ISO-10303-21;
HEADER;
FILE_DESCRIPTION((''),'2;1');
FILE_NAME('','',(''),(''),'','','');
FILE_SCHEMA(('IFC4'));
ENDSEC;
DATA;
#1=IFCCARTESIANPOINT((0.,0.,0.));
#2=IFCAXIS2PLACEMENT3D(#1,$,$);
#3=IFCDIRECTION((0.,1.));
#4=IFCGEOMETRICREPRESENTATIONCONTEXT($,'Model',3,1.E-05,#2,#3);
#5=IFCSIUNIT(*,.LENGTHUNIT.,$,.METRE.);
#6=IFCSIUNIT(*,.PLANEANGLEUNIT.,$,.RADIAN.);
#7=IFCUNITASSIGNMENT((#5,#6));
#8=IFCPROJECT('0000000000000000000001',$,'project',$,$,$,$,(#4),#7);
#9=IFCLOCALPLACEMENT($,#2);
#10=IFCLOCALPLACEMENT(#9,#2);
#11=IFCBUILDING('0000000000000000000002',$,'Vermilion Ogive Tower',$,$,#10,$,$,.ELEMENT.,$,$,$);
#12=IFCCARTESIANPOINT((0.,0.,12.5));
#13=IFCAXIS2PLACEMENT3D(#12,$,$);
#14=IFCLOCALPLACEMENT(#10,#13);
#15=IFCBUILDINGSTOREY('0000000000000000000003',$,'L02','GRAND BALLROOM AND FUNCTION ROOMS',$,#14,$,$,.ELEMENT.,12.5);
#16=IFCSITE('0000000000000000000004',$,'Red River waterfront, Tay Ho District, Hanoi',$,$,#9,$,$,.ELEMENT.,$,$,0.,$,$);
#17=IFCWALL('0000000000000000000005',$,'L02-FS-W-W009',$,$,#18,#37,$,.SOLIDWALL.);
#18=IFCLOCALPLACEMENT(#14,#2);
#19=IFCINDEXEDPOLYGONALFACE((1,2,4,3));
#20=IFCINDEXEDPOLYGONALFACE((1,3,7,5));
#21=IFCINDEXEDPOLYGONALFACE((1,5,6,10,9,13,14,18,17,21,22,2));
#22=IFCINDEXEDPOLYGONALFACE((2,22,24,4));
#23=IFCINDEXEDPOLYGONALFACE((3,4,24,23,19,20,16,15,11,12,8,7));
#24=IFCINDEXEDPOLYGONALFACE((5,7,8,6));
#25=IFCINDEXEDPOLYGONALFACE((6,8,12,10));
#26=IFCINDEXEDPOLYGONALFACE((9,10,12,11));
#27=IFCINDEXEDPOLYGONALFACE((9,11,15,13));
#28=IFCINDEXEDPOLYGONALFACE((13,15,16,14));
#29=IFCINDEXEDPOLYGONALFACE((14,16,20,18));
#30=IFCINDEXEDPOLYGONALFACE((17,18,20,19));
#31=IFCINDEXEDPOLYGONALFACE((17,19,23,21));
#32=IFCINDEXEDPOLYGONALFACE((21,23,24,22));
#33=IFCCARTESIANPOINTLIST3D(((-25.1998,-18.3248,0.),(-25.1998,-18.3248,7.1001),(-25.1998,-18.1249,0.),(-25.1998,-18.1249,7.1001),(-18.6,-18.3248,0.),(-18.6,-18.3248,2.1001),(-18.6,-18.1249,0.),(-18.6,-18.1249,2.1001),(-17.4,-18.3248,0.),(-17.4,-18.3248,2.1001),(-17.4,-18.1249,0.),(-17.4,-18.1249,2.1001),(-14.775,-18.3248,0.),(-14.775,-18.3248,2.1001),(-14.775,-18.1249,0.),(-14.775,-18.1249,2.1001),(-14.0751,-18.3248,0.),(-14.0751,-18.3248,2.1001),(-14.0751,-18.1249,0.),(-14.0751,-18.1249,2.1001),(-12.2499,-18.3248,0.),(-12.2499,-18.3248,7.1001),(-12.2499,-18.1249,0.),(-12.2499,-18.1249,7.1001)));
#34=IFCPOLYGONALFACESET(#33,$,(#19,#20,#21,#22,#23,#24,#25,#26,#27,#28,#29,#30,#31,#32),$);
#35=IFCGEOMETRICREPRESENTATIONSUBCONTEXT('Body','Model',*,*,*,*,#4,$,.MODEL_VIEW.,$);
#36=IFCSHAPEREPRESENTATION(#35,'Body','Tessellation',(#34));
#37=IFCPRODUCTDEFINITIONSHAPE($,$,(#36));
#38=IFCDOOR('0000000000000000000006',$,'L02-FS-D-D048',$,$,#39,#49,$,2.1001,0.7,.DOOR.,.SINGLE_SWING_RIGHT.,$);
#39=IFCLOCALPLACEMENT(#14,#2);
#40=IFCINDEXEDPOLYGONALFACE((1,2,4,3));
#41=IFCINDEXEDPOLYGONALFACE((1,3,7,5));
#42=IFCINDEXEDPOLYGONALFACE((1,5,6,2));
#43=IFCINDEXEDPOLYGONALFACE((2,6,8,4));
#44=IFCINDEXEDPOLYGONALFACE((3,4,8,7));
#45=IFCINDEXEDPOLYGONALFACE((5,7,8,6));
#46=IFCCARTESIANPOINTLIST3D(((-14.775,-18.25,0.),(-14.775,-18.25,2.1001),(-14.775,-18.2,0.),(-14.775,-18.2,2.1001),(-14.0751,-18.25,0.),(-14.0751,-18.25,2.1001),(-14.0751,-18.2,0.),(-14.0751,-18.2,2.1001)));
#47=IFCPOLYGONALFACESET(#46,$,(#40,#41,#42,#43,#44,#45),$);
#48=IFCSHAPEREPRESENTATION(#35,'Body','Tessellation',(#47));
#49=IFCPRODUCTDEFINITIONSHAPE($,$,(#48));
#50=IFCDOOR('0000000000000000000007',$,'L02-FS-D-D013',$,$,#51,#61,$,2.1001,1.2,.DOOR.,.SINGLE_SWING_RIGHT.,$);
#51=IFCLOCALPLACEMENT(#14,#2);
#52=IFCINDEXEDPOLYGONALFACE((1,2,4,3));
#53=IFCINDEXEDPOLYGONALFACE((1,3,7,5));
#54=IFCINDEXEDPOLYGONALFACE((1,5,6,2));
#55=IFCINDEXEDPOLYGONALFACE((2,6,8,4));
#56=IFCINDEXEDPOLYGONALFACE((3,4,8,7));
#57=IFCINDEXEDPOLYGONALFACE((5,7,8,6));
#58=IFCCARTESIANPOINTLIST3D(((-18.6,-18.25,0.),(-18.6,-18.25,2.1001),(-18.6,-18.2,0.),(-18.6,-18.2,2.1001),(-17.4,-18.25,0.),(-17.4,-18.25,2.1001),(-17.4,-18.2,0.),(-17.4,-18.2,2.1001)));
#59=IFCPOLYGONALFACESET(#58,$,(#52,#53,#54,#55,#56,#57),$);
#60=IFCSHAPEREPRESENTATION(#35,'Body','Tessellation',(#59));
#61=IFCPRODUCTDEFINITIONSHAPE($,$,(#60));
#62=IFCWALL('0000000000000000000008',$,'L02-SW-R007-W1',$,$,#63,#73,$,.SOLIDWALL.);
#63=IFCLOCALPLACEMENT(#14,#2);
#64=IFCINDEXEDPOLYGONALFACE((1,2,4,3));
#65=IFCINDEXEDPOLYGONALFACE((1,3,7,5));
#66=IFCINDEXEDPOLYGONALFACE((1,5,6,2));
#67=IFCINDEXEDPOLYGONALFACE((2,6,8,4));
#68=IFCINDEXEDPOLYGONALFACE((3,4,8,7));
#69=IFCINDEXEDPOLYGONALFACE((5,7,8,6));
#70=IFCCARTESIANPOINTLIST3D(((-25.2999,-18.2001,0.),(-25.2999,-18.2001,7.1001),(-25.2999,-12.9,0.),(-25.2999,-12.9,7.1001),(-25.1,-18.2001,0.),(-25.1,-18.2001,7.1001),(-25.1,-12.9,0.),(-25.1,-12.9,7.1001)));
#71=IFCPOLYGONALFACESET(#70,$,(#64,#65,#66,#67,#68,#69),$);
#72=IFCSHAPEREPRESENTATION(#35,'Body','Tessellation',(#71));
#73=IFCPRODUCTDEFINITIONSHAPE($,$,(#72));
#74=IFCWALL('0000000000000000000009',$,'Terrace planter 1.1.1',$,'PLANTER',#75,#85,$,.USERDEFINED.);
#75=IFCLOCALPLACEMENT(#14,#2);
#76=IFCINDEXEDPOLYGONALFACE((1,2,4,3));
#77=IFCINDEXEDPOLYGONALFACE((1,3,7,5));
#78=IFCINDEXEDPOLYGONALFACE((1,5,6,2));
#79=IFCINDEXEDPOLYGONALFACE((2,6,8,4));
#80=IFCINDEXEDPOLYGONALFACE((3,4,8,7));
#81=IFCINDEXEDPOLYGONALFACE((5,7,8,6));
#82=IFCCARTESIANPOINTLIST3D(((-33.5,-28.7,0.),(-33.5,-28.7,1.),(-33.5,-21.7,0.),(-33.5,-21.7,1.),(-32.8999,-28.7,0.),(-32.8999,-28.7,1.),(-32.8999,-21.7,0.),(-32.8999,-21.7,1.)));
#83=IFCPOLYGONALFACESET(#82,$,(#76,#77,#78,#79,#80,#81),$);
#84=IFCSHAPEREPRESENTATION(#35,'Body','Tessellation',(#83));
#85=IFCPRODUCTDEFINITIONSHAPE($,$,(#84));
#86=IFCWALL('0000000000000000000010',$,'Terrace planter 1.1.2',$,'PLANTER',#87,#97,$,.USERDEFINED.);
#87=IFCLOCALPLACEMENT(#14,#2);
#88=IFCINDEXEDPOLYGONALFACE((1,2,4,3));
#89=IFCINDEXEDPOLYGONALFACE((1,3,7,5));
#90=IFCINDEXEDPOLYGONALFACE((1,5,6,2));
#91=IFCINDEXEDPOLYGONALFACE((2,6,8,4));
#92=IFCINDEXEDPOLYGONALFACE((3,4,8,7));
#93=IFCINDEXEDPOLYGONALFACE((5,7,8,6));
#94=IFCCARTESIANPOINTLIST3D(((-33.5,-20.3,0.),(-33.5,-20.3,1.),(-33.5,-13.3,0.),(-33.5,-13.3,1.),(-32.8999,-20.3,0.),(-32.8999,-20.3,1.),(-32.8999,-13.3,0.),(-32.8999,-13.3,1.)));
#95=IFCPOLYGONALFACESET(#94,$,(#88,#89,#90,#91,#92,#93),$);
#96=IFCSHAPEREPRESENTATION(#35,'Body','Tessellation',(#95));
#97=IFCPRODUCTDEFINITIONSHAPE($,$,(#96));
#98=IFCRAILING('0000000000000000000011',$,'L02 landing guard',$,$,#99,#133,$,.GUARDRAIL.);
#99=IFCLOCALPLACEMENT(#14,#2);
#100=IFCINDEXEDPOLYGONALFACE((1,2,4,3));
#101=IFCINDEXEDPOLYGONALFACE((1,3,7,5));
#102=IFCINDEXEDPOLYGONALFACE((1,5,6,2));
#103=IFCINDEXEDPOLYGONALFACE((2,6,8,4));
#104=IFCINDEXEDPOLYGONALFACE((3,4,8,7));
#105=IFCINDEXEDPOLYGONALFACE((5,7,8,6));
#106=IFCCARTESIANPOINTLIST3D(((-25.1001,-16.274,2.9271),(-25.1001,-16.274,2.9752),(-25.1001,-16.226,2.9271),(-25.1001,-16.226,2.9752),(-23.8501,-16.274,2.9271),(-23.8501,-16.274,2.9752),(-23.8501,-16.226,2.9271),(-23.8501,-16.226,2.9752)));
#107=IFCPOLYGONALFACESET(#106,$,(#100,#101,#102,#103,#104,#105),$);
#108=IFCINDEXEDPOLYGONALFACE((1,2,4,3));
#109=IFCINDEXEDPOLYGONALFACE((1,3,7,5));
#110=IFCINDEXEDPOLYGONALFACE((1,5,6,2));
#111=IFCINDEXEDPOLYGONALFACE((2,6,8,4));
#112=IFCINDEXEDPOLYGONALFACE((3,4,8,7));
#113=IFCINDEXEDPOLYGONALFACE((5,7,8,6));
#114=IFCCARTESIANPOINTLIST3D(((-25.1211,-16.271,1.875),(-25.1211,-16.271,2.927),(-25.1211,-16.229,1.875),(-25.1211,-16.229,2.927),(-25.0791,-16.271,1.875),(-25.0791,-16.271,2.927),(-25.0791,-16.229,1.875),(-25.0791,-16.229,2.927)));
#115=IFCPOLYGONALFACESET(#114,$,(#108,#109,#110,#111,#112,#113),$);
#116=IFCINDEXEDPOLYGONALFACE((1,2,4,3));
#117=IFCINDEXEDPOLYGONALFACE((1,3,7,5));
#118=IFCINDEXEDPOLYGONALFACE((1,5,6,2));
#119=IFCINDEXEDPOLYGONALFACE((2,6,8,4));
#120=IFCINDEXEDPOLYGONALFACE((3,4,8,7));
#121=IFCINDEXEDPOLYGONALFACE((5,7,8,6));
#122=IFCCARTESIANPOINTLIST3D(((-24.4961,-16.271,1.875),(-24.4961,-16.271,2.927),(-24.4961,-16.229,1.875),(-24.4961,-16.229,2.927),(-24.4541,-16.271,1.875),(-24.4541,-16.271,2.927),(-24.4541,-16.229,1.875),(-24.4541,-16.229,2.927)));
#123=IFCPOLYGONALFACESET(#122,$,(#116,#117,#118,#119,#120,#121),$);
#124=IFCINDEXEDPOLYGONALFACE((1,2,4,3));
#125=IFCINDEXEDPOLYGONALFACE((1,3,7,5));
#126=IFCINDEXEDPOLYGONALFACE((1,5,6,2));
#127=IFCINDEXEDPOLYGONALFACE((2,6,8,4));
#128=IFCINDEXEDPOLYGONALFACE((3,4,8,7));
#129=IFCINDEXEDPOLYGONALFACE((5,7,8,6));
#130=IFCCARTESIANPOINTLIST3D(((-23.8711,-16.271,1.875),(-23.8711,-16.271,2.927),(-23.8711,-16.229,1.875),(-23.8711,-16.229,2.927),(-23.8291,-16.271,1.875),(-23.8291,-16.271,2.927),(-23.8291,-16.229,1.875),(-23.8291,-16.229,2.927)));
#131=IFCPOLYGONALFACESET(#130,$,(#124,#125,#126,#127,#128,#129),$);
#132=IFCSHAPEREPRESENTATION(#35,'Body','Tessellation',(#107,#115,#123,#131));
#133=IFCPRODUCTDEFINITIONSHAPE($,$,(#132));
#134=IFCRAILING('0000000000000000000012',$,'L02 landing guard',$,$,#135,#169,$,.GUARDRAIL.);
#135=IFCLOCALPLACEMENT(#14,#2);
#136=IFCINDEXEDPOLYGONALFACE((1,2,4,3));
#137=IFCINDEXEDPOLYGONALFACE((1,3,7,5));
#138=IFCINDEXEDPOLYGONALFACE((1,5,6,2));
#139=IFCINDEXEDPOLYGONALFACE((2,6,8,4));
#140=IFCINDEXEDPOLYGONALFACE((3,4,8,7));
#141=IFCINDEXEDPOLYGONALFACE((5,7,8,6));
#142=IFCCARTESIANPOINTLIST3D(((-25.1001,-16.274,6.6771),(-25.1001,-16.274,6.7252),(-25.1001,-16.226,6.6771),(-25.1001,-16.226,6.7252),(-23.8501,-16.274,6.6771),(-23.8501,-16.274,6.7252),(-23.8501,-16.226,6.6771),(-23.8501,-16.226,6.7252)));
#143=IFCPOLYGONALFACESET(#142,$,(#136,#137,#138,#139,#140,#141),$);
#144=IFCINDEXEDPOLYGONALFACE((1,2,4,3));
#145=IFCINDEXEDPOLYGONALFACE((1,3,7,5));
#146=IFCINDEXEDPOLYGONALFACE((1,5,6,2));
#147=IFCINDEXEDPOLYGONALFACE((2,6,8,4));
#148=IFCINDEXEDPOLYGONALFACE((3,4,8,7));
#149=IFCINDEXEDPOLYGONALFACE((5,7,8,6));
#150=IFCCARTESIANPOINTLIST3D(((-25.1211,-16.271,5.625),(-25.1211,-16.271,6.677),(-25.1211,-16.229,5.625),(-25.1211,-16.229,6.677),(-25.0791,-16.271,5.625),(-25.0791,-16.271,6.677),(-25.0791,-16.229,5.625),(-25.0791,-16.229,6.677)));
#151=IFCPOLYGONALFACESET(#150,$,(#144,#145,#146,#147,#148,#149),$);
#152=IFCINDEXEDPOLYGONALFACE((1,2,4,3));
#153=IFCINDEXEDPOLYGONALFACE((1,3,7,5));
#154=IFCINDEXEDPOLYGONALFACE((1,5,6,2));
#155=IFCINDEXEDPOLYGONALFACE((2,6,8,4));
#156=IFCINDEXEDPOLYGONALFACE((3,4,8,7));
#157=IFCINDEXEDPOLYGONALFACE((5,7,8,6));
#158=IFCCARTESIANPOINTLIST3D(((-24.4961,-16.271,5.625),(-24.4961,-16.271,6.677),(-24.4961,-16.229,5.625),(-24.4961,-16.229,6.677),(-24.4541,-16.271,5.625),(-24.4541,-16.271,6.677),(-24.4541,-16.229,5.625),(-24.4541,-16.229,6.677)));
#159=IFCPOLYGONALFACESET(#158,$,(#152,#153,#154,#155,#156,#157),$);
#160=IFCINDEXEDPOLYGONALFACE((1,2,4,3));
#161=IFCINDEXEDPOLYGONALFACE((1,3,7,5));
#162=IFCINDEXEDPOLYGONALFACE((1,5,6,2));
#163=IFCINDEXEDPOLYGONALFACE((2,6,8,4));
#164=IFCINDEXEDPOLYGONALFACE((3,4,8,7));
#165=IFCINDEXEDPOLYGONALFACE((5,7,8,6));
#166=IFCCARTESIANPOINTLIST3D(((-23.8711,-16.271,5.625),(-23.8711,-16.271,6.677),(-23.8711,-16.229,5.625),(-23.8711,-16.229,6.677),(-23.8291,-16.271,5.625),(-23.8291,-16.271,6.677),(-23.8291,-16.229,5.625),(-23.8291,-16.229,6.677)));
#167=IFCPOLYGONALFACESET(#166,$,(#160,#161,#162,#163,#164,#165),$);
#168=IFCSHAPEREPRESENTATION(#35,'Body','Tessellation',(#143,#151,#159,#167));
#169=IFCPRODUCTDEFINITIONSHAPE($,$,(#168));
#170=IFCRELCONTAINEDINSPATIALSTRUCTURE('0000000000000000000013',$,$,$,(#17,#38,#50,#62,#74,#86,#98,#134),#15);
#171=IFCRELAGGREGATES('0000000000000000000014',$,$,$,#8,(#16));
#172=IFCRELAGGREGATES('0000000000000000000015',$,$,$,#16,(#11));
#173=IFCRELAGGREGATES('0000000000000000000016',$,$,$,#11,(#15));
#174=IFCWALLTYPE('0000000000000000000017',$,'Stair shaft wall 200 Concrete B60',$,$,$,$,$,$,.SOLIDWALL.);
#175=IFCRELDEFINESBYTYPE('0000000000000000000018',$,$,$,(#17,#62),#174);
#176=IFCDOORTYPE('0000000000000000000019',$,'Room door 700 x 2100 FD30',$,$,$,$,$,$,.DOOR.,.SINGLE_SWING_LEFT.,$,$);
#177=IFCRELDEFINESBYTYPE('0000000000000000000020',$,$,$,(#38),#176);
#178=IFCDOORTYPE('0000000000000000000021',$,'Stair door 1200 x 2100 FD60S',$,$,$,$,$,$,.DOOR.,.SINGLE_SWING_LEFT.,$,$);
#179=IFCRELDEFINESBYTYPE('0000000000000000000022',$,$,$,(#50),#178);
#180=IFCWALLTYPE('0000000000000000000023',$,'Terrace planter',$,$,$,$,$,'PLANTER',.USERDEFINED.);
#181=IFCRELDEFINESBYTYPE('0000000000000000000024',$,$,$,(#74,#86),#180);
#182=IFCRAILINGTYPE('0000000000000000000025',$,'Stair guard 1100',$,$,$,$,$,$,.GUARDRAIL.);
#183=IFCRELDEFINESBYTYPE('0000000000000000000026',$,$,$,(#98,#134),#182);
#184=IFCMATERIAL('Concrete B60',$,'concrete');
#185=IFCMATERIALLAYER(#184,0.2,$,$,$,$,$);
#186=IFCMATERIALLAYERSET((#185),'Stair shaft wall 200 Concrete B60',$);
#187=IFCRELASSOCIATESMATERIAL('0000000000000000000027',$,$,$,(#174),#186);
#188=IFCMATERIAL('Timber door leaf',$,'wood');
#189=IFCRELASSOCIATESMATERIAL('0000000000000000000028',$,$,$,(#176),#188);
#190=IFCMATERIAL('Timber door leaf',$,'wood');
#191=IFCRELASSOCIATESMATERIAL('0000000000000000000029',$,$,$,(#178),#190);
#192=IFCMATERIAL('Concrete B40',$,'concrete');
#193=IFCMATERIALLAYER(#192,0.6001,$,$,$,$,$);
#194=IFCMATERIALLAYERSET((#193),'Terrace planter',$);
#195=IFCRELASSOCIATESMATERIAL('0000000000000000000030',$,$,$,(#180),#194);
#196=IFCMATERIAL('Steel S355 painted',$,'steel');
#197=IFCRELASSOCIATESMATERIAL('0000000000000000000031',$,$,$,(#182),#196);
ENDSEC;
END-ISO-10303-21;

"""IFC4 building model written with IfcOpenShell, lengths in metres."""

from ifc_helpers import new_model, si_unit, direction, frame, frame_2d, origin, origin_2d, place, context, subcontext, project, spatial, rectangle, extrude, material, layer, layer_set, type_object, element, fill, save


model = new_model("IFC4")

# Units and contexts
model_context = context("Model", 3, precision=1e-05, world=origin(), true_north=direction((0.0, 1.0)))
body_context = subcontext(model_context, "Body", "Model", "MODEL_VIEW")
ifc_project = project(units=[si_unit("LENGTHUNIT", "METRE"), si_unit("PLANEANGLEUNIT", "RADIAN")], contexts=[model_context])

# Site, building, storey
site_placement = place(None, origin())
site = spatial("IfcSite", under=ifc_project, at=site_placement, Name="Red River waterfront, Tay Ho District, Hanoi", CompositionType="ELEMENT", RefElevation=0.0)
building_placement = place(site_placement, origin())
building = spatial("IfcBuilding", under=site, at=building_placement, Name="Vermilion Ogive Tower", CompositionType="ELEMENT")
storey_placement = place(building_placement, frame((0.0, 0.0, 12.5)))
storey = spatial("IfcBuildingStorey", under=building, at=storey_placement, Name="L02", Description="GRAND BALLROOM AND FUNCTION ROOMS", CompositionType="ELEMENT", Elevation=12.5)

# Wall, openings, doors
ifc_material_1 = material(Name="Concrete B60", Category="concrete")
ifc_layer_1 = layer(ifc_material_1, 0.2)
ifc_layer_set_1 = layer_set([ifc_layer_1], Name="Stair shaft wall 200 Concrete B60")
wall_type_1 = type_object("IfcWallType", Name="Stair shaft wall 200 Concrete B60", PredefinedType="SOLIDWALL", material=ifc_layer_set_1)
wall_1_placement = place(storey_placement, frame((-25.2, -18.2249, 0.0), z_axis=(0.0, 0.0, 1.0), x_axis=(1.0, 0.0, 0.0)))
wall_1 = element("IfcWall", 1, at=wall_1_placement, inside=storey, type_object=wall_type_1, Name="L02-FS-W-W009", PredefinedType="SOLIDWALL", context=body_context, shape_type="SweptSolid", body=[
    extrude(rectangle(XDim=12.95, YDim=0.2, at=frame_2d((6.4751, 0.0))), origin(), (0.0, 0.0, 1.0), 7.1001),
])
opening_1_placement = place(wall_1_placement, frame((6.5999, 0.0, 0.0)))
opening_1 = element("IfcOpeningElement", 2, at=opening_1_placement, cuts=wall_1, PredefinedType="OPENING", context=body_context, shape_type="SweptSolid", body=[
    extrude(rectangle(XDim=1.2, YDim=2.1001, at=frame_2d((0.6001, 1.05))), frame((0.0, 0.1099, 0.0), z_axis=(0.0, -1.0, 0.0), x_axis=(1.0, 0.0, 0.0)), (0.0, 0.0, 1.0), 0.22),
])
opening_2_placement = place(wall_1_placement, frame((10.4248, 0.0, 0.0)))
opening_2 = element("IfcOpeningElement", 3, at=opening_2_placement, cuts=wall_1, PredefinedType="OPENING", context=body_context, shape_type="SweptSolid", body=[
    extrude(rectangle(XDim=0.7, YDim=2.1001, at=frame_2d((0.3501, 1.05))), frame((0.0, 0.1099, 0.0), z_axis=(0.0, -1.0, 0.0), x_axis=(1.0, 0.0, 0.0)), (0.0, 0.0, 1.0), 0.22),
])
ifc_material_2 = material(Name="Timber door leaf", Category="wood")
door_type_1 = type_object("IfcDoorType", Name="Room door 700 x 2100 FD30", OperationType="SINGLE_SWING_LEFT", PredefinedType="DOOR", material=ifc_material_2)
door_1_placement = place(opening_2_placement, origin())
door_1 = element("IfcDoor", 4, at=door_1_placement, inside=storey, type_object=door_type_1, Name="L02-FS-D-D048", OperationType="SINGLE_SWING_RIGHT", OverallHeight=2.1001, OverallWidth=0.7, PredefinedType="DOOR", context=body_context, shape_type="SweptSolid", body=[
    extrude(rectangle(XDim=0.7, YDim=2.1001, at=frame_2d((0.3501, 1.05))), frame((0.0, 0.0249, 0.0), z_axis=(0.0, -1.0, 0.0), x_axis=(1.0, 0.0, 0.0)), (0.0, 0.0, 1.0), 0.05),
])
fill(opening_2, door_1)
ifc_material_3 = material(Name="Timber door leaf", Category="wood")
door_type_2 = type_object("IfcDoorType", Name="Stair door 1200 x 2100 FD60S", OperationType="SINGLE_SWING_LEFT", PredefinedType="DOOR", material=ifc_material_3)
door_2_placement = place(opening_1_placement, origin())
door_2 = element("IfcDoor", 5, at=door_2_placement, inside=storey, type_object=door_type_2, Name="L02-FS-D-D013", OperationType="SINGLE_SWING_RIGHT", OverallHeight=2.1001, OverallWidth=1.2, PredefinedType="DOOR", context=body_context, shape_type="SweptSolid", body=[
    extrude(rectangle(XDim=1.2, YDim=2.1001, at=frame_2d((0.6001, 1.05))), frame((0.0, 0.0249, 0.0), z_axis=(0.0, -1.0, 0.0), x_axis=(1.0, 0.0, 0.0)), (0.0, 0.0, 1.0), 0.05),
])
fill(opening_1, door_2)

# Walls
wall_2_placement = place(storey_placement, frame((-25.2, -18.2, 0.0), z_axis=(0.0, 0.0, 1.0), x_axis=(0.0, 1.0, 0.0)))
element("IfcWall", 6, at=wall_2_placement, inside=storey, type_object=wall_type_1, Name="L02-SW-R007-W1", PredefinedType="SOLIDWALL", context=body_context, shape_type="SweptSolid", body=[
    extrude(rectangle(XDim=5.3, YDim=0.2, at=frame_2d((2.6499, 0.0))), origin(), (0.0, 0.0, 1.0), 7.1001),
])
ifc_material_4 = material(Name="Concrete B40", Category="concrete")
ifc_layer_2 = layer(ifc_material_4, 0.6001)
ifc_layer_set_2 = layer_set([ifc_layer_2], Name="Terrace planter")
wall_type_2 = type_object("IfcWallType", Name="Terrace planter", ElementType="PLANTER", PredefinedType="USERDEFINED", material=ifc_layer_set_2)
for number, where, z_axis, x_axis, name in (
    (7, (-33.2, -28.7, 0.0), (0.0, 0.0, 1.0), (0.0, 1.0, 0.0), "Terrace planter 1.1.1"),
    (8, (-33.2, -20.3, 0.0), (0.0, 0.0, 1.0), (0.0, 1.0, 0.0), "Terrace planter 1.1.2"),
):
    element("IfcWall", number, at=place(storey_placement, frame(where, z_axis=z_axis, x_axis=x_axis)), inside=storey, type_object=wall_type_2, Name=name, ObjectType="PLANTER", PredefinedType="USERDEFINED", context=body_context, shape_type="SweptSolid", body=[
        extrude(rectangle(XDim=7.0, YDim=0.6001, at=frame_2d((3.5, 0.0))), origin(), (0.0, 0.0, 1.0), 1.0),
    ])

# Railings
ifc_material_5 = material(Name="Steel S355 painted", Category="steel")
railing_type = type_object("IfcRailingType", Name="Stair guard 1100", PredefinedType="GUARDRAIL", material=ifc_material_5)
for number, where, name in (
    (9, (-25.1001, -16.25, 1.875), "L02 landing guard"),
    (10, (-25.1001, -16.25, 5.625), "L02 landing guard"),
):
    element("IfcRailing", number, at=place(storey_placement, frame(where)), inside=storey, type_object=railing_type, Name=name, PredefinedType="GUARDRAIL", context=body_context, shape_type="SweptSolid", body=[
        extrude(rectangle(XDim=0.0481, YDim=0.0481, at=origin_2d()), frame((0.0, 0.0, 1.0762), z_axis=(1.0, 0.0, 0.0), x_axis=(0.0, 1.0, 0.0)), (0.0, 0.0, 1.0), 1.25),
        extrude(rectangle(XDim=0.042, YDim=0.042, at=origin_2d()), origin(), (0.0, 0.0, 1.0), 1.052),
        extrude(rectangle(XDim=0.042, YDim=0.042, at=origin_2d()), frame((0.625, 0.0, 0.0)), (0.0, 0.0, 1.0), 1.052),
        extrude(rectangle(XDim=0.042, YDim=0.042, at=origin_2d()), frame((1.25, 0.0, 0.0)), (0.0, 0.0, 1.0), 1.052),
    ])

save(model, "model.ifc")
